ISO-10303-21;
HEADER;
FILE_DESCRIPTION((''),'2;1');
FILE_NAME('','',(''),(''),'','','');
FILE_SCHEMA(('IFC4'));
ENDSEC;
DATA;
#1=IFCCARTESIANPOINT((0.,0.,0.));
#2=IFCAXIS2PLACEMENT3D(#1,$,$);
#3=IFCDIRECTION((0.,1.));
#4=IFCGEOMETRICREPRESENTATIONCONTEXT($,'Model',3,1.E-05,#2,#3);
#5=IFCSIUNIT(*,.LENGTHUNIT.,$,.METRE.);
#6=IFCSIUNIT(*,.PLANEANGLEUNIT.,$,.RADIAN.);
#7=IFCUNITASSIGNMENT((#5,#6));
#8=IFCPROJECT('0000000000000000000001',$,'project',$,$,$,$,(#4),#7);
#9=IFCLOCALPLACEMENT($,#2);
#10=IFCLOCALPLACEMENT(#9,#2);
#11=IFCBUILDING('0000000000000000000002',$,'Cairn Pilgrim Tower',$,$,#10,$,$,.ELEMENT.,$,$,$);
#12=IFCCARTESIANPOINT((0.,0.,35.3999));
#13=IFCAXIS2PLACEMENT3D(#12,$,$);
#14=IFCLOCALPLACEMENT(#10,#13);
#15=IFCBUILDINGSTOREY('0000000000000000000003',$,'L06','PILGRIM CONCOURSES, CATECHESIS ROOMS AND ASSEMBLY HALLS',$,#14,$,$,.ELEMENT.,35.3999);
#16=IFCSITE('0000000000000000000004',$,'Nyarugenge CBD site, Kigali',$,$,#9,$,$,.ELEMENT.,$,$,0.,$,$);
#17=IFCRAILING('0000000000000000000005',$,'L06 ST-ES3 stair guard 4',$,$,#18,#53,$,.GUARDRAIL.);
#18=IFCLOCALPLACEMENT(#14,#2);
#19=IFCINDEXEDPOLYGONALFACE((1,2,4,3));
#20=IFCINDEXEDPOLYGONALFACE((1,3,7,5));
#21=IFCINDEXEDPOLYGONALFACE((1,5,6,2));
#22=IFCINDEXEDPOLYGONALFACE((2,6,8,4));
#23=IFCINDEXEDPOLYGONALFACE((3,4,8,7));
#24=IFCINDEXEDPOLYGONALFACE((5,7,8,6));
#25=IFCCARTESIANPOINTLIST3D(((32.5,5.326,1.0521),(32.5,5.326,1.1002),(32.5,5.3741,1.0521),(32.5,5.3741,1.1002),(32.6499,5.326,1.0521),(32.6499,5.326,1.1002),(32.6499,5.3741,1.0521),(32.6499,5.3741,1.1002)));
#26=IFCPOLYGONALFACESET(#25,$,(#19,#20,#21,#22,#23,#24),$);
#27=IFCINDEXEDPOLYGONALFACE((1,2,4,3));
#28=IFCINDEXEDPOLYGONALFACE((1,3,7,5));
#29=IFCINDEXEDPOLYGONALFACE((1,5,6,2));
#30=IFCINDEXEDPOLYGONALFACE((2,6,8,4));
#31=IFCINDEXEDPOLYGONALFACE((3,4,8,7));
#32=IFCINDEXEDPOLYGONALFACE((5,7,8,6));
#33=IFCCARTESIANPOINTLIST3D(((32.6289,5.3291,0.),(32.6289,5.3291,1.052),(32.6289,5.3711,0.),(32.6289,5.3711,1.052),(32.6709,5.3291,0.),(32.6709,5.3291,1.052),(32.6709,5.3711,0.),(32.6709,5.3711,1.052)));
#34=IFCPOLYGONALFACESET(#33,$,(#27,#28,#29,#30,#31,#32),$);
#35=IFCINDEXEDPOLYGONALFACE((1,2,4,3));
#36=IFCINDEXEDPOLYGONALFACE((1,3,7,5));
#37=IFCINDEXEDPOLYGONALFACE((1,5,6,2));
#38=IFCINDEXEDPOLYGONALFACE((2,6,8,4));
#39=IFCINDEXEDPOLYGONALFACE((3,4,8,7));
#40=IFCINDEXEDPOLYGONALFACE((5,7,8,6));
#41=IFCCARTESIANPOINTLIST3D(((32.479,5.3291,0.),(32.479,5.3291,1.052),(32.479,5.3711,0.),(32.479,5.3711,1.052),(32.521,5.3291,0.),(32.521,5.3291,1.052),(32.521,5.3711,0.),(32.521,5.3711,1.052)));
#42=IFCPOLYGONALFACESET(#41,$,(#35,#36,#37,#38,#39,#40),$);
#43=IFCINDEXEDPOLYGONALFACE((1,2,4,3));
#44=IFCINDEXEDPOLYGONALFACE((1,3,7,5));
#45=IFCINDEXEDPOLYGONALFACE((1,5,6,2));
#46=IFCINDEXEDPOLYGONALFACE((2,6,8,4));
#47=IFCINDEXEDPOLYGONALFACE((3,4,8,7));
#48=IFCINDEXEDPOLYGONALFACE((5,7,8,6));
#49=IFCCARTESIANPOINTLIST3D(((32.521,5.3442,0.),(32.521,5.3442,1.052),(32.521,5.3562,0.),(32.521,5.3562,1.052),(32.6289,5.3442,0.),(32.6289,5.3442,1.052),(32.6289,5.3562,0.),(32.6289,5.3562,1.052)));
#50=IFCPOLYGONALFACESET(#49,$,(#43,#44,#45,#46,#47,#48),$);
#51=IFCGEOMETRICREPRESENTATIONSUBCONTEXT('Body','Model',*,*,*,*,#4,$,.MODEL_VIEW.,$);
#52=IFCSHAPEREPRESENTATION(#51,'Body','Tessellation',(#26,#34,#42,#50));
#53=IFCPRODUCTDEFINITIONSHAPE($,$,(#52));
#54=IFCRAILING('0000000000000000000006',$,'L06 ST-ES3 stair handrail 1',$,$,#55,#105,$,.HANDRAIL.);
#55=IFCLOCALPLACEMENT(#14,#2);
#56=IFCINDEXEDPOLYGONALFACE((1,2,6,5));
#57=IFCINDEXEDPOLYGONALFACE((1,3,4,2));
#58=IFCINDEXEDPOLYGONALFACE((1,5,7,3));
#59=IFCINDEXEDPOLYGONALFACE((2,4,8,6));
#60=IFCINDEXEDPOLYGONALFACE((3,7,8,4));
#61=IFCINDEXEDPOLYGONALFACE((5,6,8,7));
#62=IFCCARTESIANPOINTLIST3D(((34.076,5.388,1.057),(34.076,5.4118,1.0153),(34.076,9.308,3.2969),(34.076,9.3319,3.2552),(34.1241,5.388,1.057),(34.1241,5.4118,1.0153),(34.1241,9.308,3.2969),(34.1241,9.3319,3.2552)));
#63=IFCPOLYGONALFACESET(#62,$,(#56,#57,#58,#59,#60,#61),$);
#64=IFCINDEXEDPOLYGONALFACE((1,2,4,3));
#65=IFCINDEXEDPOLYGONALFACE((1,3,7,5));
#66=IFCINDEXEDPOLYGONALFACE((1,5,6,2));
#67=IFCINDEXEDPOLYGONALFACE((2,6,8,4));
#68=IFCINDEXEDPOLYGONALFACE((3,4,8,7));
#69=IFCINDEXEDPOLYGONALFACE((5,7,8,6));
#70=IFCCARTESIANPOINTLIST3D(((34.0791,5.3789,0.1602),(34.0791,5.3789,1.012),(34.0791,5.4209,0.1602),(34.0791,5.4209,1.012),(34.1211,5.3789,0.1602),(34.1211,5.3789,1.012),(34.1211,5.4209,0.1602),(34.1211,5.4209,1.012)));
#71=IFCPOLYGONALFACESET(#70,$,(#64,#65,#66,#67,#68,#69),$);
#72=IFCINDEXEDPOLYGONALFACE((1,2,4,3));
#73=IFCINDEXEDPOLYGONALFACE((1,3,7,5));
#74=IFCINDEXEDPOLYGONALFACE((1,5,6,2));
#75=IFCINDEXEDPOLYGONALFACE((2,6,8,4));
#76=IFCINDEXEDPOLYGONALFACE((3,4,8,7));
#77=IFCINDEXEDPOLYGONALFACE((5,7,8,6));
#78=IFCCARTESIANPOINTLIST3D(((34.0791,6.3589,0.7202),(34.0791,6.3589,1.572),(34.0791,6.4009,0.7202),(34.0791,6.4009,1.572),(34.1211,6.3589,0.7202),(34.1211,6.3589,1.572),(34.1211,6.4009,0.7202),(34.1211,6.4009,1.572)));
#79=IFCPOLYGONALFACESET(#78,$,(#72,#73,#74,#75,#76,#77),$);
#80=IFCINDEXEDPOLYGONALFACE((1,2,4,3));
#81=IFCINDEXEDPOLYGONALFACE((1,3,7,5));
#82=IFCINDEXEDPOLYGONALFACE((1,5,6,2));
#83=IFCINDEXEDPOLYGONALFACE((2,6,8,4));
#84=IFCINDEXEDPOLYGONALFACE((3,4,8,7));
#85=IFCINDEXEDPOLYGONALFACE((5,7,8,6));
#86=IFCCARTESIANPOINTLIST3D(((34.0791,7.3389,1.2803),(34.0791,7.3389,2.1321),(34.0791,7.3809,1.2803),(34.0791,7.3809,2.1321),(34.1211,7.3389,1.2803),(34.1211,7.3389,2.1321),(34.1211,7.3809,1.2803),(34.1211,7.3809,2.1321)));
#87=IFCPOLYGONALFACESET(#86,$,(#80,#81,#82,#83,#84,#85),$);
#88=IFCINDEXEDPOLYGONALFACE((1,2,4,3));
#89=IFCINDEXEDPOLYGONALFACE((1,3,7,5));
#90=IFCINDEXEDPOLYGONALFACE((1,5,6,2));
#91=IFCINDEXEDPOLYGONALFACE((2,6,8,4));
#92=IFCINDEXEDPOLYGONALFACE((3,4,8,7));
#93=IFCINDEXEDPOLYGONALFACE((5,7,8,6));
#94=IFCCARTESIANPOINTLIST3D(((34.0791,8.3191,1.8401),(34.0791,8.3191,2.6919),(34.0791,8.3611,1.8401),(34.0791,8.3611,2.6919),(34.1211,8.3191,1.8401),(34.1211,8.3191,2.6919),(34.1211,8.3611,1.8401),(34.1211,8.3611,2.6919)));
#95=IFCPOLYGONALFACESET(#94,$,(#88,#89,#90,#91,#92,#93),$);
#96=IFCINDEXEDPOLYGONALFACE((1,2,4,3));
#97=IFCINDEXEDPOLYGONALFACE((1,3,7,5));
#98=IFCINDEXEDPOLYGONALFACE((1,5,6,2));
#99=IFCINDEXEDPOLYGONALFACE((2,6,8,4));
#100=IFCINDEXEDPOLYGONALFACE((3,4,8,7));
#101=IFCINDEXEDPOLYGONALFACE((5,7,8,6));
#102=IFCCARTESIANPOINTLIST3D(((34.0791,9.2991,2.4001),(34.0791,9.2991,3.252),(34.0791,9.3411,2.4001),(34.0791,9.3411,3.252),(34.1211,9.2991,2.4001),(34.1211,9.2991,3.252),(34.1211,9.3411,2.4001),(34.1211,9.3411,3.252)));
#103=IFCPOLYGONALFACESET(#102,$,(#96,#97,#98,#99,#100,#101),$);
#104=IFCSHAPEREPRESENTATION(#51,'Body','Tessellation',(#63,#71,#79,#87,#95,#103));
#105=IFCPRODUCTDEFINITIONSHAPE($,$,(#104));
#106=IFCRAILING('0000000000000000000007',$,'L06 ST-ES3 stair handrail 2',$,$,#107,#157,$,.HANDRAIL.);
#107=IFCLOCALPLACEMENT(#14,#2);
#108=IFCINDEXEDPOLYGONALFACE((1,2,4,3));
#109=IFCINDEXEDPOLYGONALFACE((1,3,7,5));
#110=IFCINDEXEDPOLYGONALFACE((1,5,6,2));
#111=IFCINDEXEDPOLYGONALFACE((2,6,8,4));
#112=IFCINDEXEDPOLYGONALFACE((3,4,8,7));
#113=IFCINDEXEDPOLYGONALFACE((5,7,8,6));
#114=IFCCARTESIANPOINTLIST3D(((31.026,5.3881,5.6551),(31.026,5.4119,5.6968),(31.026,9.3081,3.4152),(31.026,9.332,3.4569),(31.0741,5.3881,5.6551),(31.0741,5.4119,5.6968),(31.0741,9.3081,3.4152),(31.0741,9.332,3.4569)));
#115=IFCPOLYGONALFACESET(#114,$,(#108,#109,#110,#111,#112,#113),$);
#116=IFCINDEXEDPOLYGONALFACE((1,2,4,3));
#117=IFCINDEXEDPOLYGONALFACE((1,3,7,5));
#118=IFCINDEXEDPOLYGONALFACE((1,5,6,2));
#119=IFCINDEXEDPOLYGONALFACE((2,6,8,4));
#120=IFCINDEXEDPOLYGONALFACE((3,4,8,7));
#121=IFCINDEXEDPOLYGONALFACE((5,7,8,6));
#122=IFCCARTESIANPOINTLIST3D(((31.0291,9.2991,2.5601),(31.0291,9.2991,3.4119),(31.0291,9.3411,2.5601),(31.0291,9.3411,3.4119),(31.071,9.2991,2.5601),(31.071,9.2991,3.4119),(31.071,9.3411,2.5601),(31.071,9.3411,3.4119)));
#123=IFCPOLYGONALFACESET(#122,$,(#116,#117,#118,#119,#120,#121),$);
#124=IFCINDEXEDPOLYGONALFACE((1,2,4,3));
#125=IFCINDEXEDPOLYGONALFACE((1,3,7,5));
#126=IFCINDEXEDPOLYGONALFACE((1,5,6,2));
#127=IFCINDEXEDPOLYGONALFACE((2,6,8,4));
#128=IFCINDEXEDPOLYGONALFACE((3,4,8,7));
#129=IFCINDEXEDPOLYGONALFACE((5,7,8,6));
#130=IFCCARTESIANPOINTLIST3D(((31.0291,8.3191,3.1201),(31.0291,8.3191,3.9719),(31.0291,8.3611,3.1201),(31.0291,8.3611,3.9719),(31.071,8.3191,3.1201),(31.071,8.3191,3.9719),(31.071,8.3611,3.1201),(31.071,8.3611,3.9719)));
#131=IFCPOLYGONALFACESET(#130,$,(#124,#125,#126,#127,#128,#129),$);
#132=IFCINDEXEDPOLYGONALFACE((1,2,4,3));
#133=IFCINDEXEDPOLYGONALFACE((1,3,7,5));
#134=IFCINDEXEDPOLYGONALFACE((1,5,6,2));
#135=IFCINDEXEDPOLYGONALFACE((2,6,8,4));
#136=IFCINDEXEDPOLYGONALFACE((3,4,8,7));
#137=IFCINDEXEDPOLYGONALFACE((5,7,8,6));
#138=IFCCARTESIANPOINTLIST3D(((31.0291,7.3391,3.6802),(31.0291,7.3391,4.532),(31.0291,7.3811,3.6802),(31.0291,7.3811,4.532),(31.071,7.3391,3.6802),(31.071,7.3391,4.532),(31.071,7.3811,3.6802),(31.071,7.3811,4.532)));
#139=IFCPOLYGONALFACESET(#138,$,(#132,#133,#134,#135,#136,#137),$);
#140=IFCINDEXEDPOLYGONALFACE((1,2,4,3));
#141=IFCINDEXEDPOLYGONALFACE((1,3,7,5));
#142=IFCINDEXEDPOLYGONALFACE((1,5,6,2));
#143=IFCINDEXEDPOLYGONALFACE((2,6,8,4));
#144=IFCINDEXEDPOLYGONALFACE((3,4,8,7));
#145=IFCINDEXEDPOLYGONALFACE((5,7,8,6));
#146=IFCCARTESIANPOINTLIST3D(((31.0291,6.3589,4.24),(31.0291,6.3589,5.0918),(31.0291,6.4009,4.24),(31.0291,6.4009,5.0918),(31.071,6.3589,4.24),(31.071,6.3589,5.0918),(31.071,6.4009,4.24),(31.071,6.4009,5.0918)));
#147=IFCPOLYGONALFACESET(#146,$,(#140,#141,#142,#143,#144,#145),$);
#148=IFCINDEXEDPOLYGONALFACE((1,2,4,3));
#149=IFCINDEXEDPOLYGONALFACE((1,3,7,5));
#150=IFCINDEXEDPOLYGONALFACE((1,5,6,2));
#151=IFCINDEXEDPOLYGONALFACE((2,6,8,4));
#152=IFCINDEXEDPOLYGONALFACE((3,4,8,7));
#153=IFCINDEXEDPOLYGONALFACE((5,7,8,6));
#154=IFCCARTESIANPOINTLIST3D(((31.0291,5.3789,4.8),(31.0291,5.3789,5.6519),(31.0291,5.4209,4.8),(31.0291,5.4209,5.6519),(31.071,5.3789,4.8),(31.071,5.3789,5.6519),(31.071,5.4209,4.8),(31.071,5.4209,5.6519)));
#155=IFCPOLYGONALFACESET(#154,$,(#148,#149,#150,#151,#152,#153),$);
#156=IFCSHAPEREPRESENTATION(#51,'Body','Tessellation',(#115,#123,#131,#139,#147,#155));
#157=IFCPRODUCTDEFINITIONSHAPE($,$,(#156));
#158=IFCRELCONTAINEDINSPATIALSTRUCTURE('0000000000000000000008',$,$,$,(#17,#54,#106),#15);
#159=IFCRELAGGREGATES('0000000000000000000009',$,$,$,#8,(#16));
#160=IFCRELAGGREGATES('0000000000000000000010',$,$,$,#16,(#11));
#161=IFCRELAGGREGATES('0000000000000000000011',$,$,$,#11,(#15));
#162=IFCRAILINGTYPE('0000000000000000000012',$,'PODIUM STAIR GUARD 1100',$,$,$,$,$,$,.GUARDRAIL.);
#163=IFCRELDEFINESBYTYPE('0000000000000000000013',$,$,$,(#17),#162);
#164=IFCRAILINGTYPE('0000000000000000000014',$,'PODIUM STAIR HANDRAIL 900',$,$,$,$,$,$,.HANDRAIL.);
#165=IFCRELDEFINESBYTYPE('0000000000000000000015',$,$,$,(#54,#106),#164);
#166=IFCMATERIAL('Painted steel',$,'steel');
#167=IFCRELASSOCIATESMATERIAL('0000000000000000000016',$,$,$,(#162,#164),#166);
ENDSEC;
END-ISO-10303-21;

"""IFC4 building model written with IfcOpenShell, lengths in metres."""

from ifc_helpers import new_model, si_unit, direction, frame, origin, origin_2d, place, context, subcontext, project, spatial, polyline, rectangle, outline, extrude, material, type_object, element, save


model = new_model("IFC4")

# Units and contexts
model_context = context("Model", 3, precision=1e-05, world=origin(), true_north=direction((0.0, 1.0)))
body_context = subcontext(model_context, "Body", "Model", "MODEL_VIEW")
ifc_project = project(units=[si_unit("LENGTHUNIT", "METRE"), si_unit("PLANEANGLEUNIT", "RADIAN")], contexts=[model_context])

# Site, building, storey
site_placement = place(None, origin())
site = spatial("IfcSite", under=ifc_project, at=site_placement, Name="Nyarugenge CBD site, Kigali", CompositionType="ELEMENT", RefElevation=0.0)
building_placement = place(site_placement, origin())
building = spatial("IfcBuilding", under=site, at=building_placement, Name="Cairn Pilgrim Tower", CompositionType="ELEMENT")
storey_placement = place(building_placement, frame((0.0, 0.0, 35.3999)))
storey = spatial("IfcBuildingStorey", under=building, at=storey_placement, Name="L06", Description="PILGRIM CONCOURSES, CATECHESIS ROOMS AND ASSEMBLY HALLS", CompositionType="ELEMENT", Elevation=35.3999)

# Railings
ifc_material_1 = material(Name="Painted steel", Category="steel")
railing_type_1 = type_object("IfcRailingType", Name="PODIUM STAIR GUARD 1100", PredefinedType="GUARDRAIL", material=ifc_material_1)
railing_1_placement = place(storey_placement, frame((32.6499, 5.3501, 0.0)))
element("IfcRailing", 1, at=railing_1_placement, inside=storey, type_object=railing_type_1, Name="L06 ST-ES3 stair guard 4", PredefinedType="GUARDRAIL", context=body_context, shape_type="SweptSolid", body=[
    extrude(rectangle(XDim=0.0481, YDim=0.0481, at=origin_2d()), frame((0.0, 0.0, 1.0762), z_axis=(-1.0, 0.0, 0.0), x_axis=(0.0, -1.0, 0.0)), (0.0, 0.0, 1.0), 0.1499),
    extrude(rectangle(XDim=0.042, YDim=0.042, at=origin_2d()), origin(), (0.0, 0.0, 1.0), 1.052),
    extrude(rectangle(XDim=0.042, YDim=0.042, at=origin_2d()), frame((-0.1499, 0.0, 0.0)), (0.0, 0.0, 1.0), 1.052),
    extrude(outline(polyline([(0.021, 0.0), (0.1289, 0.0), (0.1289, 1.052), (0.021, 1.052), (0.021, 0.0)])), frame((0.0, -0.0059, 0.0), z_axis=(0.0, 1.0, 0.0), x_axis=(-1.0, 0.0, 0.0)), (0.0, 0.0, 1.0), 0.012),
])
railing_type_2 = type_object("IfcRailingType", Name="PODIUM STAIR HANDRAIL 900", PredefinedType="HANDRAIL", material=ifc_material_1)
railing_2_placement = place(storey_placement, frame((34.1001, 5.3999, 0.1602)))
element("IfcRailing", 2, at=railing_2_placement, inside=storey, type_object=railing_type_2, Name="L06 ST-ES3 stair handrail 1", PredefinedType="HANDRAIL", context=body_context, shape_type="SweptSolid", body=[
    extrude(rectangle(XDim=0.0481, YDim=0.0481, at=origin_2d()), frame((0.0, 0.0, 0.876), z_axis=(0.0, 0.868253, 0.496121), x_axis=(-1.0, 0.0, 0.0)), (0.0, 0.0, 1.0), 4.5149),
    extrude(rectangle(XDim=0.042, YDim=0.042, at=origin_2d()), origin(), (0.0, 0.0, 1.0), 0.8518),
    extrude(rectangle(XDim=0.042, YDim=0.042, at=origin_2d()), frame((0.0, 0.98, 0.5601)), (0.0, 0.0, 1.0), 0.8518),
    extrude(rectangle(XDim=0.042, YDim=0.042, at=origin_2d()), frame((0.0, 1.96, 1.1201)), (0.0, 0.0, 1.0), 0.8518),
    extrude(rectangle(XDim=0.042, YDim=0.042, at=origin_2d()), frame((0.0, 2.9402, 1.6799)), (0.0, 0.0, 1.0), 0.8518),
    extrude(rectangle(XDim=0.042, YDim=0.042, at=origin_2d()), frame((0.0, 3.9202, 2.24)), (0.0, 0.0, 1.0), 0.8518),
])
railing_3_placement = place(storey_placement, frame((31.05, 9.3201, 2.5601)))
element("IfcRailing", 3, at=railing_3_placement, inside=storey, type_object=railing_type_2, Name="L06 ST-ES3 stair handrail 2", PredefinedType="HANDRAIL", context=body_context, shape_type="SweptSolid", body=[
    extrude(rectangle(XDim=0.0481, YDim=0.0481, at=origin_2d()), frame((0.0, 0.0, 0.876), z_axis=(0.0, -0.868253, 0.496121), x_axis=(1.0, 0.0, 0.0)), (0.0, 0.0, 1.0), 4.5149),
    extrude(rectangle(XDim=0.042, YDim=0.042, at=origin_2d()), origin(), (0.0, 0.0, 1.0), 0.8518),
    extrude(rectangle(XDim=0.042, YDim=0.042, at=origin_2d()), frame((0.0, -0.98, 0.5601)), (0.0, 0.0, 1.0), 0.8518),
    extrude(rectangle(XDim=0.042, YDim=0.042, at=origin_2d()), frame((0.0, -1.96, 1.1201)), (0.0, 0.0, 1.0), 0.8518),
    extrude(rectangle(XDim=0.042, YDim=0.042, at=origin_2d()), frame((0.0, -2.9402, 1.6799)), (0.0, 0.0, 1.0), 0.8518),
    extrude(rectangle(XDim=0.042, YDim=0.042, at=origin_2d()), frame((0.0, -3.9202, 2.24)), (0.0, 0.0, 1.0), 0.8518),
])

save(model, "model.ifc")
